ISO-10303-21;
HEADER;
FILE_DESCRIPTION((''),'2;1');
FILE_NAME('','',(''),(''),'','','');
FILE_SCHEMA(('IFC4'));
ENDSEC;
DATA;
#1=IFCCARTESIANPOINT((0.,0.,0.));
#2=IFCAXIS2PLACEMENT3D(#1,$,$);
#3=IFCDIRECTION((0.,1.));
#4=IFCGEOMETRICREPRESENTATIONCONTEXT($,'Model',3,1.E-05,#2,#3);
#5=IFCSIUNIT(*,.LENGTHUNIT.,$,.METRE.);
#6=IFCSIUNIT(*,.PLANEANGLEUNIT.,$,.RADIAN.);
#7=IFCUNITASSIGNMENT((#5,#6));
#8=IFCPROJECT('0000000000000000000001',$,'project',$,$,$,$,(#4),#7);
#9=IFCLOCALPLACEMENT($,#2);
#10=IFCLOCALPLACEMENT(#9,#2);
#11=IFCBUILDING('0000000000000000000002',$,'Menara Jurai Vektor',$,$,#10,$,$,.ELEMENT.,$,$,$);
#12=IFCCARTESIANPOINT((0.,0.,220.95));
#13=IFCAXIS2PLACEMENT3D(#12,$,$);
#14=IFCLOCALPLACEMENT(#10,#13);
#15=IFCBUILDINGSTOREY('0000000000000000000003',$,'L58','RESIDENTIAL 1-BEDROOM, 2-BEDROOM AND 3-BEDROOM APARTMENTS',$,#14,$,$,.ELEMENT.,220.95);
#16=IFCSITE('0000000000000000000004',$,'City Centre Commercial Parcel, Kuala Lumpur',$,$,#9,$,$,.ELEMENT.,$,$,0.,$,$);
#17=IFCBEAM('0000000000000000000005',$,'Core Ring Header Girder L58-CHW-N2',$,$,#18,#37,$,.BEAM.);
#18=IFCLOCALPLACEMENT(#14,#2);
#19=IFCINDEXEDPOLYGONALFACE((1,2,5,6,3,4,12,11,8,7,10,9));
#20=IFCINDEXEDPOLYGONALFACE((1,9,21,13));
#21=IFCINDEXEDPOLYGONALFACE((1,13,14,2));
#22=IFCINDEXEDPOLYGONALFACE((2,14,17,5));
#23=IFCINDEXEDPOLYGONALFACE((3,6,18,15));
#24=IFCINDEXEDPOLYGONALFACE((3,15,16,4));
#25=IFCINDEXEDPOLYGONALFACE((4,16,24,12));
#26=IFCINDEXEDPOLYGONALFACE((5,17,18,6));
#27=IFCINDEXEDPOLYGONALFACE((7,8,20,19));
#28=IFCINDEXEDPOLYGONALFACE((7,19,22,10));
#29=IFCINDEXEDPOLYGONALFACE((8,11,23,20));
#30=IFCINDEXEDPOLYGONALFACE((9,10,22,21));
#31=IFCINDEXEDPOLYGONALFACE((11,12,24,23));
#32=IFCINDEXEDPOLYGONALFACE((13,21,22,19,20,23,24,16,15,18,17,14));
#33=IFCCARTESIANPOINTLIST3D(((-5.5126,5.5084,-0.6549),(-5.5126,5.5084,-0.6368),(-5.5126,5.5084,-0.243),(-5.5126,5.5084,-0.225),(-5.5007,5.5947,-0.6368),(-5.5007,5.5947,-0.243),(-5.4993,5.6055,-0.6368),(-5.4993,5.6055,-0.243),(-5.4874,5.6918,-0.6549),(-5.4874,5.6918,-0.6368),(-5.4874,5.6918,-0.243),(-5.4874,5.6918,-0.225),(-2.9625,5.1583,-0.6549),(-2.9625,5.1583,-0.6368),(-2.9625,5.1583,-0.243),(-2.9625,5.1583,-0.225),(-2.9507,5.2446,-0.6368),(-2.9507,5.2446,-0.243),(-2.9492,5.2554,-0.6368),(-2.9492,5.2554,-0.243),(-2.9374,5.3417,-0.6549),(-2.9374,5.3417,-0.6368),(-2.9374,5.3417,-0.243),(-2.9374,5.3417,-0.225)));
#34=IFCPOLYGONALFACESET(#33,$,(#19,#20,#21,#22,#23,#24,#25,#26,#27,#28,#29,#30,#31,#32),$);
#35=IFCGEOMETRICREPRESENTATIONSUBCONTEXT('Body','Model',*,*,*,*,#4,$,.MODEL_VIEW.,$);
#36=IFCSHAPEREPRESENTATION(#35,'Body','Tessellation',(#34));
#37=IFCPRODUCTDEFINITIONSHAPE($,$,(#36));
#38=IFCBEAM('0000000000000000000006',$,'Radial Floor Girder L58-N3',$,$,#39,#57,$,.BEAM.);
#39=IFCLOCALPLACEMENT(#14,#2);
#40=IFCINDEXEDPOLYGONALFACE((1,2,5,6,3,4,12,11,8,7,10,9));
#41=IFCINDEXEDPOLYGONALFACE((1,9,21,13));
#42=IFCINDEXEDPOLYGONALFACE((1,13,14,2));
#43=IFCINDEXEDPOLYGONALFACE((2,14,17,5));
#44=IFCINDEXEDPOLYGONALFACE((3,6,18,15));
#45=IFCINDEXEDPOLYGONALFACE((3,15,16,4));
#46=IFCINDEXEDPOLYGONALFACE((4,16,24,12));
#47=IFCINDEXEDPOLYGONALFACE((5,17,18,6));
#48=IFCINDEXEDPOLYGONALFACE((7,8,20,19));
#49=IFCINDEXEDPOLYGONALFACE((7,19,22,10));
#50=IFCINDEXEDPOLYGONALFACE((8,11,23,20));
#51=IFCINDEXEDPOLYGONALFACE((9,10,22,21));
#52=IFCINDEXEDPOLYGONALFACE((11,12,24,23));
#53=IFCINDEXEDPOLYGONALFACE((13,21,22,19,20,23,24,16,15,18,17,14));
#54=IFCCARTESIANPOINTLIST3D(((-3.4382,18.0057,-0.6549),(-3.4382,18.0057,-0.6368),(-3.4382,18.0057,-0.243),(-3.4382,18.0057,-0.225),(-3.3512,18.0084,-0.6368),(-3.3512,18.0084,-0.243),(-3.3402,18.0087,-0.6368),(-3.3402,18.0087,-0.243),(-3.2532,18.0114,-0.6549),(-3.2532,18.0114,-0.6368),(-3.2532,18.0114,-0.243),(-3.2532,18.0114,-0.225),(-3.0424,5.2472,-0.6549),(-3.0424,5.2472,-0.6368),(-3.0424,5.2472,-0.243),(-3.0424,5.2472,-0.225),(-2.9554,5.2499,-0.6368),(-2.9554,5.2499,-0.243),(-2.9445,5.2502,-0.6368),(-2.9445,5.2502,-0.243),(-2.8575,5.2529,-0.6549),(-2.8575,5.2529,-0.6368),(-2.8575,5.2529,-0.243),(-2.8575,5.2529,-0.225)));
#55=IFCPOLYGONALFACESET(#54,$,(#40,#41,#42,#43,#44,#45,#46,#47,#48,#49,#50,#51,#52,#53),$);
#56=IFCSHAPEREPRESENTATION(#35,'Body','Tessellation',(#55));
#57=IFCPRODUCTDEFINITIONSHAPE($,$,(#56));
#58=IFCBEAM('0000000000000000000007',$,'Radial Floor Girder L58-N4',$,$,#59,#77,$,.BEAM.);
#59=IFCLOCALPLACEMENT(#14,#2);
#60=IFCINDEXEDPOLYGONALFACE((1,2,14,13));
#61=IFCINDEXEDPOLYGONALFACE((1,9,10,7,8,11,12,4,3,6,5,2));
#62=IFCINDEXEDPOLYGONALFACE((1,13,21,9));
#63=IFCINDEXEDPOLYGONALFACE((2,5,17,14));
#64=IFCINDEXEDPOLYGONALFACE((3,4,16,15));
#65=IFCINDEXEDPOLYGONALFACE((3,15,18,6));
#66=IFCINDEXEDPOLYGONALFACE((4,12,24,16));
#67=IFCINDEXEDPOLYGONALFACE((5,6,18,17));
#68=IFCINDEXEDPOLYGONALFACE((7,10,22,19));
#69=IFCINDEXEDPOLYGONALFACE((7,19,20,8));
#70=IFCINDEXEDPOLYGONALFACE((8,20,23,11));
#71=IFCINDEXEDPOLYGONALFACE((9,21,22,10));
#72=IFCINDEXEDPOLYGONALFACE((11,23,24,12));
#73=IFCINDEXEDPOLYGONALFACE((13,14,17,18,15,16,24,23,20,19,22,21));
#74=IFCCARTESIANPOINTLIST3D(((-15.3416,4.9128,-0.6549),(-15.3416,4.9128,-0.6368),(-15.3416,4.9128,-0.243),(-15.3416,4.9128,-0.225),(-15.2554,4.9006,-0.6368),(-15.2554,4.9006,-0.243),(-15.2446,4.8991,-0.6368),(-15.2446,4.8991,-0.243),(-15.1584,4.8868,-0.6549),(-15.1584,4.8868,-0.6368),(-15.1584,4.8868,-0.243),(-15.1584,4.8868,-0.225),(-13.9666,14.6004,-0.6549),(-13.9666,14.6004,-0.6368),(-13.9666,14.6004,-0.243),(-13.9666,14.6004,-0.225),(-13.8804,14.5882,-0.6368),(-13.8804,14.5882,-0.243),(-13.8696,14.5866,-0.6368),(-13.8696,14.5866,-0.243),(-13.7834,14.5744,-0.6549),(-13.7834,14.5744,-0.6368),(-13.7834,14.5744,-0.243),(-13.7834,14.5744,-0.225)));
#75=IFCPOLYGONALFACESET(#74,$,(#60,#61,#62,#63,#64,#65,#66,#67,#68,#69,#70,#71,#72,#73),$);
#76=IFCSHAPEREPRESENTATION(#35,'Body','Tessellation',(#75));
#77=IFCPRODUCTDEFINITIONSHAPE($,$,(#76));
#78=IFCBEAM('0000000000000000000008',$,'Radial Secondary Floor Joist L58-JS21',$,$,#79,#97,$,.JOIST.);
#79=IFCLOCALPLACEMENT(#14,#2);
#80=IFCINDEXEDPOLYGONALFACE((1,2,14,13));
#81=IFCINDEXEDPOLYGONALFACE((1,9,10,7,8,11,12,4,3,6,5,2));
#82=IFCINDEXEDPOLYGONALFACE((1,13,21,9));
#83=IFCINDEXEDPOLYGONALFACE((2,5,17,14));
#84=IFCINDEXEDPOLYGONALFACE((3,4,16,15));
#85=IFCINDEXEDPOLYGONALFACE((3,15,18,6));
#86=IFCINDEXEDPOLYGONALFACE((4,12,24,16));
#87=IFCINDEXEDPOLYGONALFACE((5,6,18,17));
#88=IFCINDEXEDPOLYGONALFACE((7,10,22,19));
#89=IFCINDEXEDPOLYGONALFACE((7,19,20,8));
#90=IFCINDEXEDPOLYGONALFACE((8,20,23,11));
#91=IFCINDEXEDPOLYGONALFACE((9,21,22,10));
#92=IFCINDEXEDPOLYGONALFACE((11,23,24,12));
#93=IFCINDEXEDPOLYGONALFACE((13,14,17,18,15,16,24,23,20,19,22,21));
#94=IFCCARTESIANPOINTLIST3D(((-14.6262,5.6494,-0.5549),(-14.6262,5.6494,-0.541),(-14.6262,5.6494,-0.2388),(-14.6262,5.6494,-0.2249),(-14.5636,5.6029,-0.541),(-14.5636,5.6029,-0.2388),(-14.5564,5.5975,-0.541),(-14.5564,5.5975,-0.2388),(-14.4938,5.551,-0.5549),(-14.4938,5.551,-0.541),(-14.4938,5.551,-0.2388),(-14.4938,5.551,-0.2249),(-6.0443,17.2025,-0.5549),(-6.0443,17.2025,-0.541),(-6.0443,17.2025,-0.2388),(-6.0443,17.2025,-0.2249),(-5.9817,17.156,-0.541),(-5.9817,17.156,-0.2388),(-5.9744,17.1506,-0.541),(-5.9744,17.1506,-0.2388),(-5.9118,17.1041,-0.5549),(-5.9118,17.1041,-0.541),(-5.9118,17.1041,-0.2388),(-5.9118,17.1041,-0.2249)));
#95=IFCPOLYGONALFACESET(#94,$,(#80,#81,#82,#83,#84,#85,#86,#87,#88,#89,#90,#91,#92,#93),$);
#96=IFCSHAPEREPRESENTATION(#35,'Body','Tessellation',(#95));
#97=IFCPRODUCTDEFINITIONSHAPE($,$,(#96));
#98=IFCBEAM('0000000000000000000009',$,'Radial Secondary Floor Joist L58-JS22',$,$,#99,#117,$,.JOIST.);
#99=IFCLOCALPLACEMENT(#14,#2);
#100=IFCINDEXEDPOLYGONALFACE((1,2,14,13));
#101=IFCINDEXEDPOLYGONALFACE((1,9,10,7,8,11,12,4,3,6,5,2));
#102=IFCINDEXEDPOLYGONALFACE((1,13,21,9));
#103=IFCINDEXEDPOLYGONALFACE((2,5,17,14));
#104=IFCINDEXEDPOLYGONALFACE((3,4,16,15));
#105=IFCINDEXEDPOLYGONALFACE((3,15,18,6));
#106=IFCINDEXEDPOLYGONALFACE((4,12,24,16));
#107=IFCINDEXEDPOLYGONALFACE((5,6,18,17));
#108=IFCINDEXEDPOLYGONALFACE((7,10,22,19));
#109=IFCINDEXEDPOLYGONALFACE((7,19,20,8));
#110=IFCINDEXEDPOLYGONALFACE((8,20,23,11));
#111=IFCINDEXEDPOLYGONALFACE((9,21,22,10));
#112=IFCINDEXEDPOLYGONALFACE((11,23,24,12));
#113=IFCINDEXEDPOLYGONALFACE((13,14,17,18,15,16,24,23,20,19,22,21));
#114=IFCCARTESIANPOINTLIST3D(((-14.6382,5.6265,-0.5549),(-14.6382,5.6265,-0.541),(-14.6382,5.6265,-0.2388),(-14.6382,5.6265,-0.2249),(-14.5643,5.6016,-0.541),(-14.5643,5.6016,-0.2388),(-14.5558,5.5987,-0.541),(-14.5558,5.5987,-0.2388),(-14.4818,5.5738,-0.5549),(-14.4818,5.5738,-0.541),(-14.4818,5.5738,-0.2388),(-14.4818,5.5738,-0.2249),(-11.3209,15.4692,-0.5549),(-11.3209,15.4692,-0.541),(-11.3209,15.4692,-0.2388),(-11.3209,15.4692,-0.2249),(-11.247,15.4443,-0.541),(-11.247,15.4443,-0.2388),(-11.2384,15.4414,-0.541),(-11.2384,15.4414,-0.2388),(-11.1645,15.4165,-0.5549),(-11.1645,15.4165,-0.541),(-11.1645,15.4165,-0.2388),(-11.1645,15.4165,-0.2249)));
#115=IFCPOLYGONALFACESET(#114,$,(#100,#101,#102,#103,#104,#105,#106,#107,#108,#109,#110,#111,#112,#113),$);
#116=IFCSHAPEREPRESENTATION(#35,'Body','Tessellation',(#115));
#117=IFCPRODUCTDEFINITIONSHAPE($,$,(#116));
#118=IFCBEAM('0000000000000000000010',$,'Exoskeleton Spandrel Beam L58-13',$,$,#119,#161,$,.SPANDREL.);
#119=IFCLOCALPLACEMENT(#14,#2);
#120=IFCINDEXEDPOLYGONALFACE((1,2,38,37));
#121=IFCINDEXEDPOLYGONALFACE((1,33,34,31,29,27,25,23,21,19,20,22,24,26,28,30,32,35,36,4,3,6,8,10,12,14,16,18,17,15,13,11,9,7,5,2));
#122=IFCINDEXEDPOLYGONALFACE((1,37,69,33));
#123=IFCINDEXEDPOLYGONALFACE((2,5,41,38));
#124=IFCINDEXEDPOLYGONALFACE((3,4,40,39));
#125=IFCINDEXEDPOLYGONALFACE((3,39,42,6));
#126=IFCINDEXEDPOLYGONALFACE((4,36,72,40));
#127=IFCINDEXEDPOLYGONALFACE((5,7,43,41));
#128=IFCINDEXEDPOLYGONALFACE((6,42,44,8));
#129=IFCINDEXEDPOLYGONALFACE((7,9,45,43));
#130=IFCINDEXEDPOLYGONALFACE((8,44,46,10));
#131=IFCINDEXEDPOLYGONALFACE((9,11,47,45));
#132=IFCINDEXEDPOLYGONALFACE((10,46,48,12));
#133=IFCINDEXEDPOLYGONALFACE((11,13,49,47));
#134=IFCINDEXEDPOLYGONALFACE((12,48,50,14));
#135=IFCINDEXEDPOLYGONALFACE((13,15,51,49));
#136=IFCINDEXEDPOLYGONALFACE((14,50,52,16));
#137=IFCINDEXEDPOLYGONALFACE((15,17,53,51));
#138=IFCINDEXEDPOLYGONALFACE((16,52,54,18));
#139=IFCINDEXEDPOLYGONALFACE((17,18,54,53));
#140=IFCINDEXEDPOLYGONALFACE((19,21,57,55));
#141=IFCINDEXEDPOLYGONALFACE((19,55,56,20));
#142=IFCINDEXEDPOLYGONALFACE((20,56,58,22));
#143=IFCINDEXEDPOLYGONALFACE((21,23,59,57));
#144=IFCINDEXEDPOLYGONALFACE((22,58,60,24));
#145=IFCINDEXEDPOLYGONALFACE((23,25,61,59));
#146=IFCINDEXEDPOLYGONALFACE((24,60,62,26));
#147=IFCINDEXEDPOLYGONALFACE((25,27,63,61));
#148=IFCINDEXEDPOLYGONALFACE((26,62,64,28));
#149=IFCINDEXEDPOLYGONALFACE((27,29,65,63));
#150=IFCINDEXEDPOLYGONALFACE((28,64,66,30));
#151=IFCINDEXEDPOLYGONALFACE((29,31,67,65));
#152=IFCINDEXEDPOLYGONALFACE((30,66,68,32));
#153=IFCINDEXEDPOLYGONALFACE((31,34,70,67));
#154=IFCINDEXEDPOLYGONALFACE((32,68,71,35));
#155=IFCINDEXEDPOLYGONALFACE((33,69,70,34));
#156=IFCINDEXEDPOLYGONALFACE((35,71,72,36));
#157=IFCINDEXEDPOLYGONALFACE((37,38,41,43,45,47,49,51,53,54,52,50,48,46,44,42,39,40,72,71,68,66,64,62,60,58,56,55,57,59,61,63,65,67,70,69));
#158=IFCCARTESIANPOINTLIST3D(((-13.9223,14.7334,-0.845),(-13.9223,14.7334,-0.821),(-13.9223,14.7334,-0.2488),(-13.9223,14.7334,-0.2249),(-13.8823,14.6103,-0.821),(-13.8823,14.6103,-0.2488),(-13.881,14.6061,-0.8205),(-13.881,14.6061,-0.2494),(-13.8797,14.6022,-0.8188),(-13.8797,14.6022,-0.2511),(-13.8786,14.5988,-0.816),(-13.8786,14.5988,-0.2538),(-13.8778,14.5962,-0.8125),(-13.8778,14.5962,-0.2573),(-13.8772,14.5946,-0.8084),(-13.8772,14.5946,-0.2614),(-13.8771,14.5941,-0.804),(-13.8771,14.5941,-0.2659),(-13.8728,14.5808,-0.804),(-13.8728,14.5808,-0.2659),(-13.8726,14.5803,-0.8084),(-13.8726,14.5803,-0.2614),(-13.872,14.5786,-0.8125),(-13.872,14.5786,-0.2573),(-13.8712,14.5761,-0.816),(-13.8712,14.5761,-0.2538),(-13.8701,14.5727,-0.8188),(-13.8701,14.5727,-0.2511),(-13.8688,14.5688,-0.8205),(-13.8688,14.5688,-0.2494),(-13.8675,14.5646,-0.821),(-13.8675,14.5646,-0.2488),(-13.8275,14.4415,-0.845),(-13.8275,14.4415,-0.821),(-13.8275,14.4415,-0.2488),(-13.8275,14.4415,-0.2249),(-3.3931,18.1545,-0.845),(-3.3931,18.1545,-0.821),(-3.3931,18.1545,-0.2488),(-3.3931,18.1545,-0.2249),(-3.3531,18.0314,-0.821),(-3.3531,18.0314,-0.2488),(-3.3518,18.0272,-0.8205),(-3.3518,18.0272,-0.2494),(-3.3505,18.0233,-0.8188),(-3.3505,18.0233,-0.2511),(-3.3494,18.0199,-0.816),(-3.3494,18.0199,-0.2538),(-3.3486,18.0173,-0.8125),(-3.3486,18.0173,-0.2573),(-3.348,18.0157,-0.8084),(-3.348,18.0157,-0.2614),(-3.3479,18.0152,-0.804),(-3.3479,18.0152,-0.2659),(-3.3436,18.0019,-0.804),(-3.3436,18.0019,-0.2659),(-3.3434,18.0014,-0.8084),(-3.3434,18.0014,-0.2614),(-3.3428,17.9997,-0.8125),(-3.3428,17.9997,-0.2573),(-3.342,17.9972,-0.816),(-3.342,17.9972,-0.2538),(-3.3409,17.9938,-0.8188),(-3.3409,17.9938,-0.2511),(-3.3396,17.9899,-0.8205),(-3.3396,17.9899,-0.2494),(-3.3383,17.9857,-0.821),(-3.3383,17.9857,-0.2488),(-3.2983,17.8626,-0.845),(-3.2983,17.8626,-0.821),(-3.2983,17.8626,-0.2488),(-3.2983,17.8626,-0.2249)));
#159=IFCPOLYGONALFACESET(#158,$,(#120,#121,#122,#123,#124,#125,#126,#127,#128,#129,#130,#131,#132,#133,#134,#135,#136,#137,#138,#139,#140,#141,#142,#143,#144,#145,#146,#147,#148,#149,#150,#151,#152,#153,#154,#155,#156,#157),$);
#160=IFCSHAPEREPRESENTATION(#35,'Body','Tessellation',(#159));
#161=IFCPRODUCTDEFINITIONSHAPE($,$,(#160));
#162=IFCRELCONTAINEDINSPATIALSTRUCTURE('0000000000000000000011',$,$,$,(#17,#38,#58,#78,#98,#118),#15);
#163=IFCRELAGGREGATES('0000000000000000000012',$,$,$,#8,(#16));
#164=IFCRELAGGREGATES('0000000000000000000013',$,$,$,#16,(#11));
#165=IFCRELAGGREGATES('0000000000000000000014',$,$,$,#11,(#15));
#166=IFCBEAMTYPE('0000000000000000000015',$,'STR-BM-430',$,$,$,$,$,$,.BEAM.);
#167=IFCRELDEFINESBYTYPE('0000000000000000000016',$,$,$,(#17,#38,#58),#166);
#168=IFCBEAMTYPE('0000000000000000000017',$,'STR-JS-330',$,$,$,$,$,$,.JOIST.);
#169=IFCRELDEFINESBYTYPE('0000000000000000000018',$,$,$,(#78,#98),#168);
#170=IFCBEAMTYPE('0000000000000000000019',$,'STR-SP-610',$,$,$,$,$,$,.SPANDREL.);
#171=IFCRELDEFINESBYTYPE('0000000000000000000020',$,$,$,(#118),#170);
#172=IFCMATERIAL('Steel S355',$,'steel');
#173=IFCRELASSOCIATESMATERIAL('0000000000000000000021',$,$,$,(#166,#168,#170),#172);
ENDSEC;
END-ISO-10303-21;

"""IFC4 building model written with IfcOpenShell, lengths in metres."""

from ifc_helpers import new_model, si_unit, direction, frame, origin, origin_2d, place, context, subcontext, project, spatial, i_section, extrude, material, material_profile, profile_set, type_object, element, save


model = new_model("IFC4")

# Units and contexts
model_context = context("Model", 3, precision=1e-05, world=origin(), true_north=direction((0.0, 1.0)))
body_context = subcontext(model_context, "Body", "Model", "MODEL_VIEW")
ifc_project = project(units=[si_unit("LENGTHUNIT", "METRE"), si_unit("PLANEANGLEUNIT", "RADIAN")], contexts=[model_context])

# Site, building, storey
site_placement = place(None, origin())
site = spatial("IfcSite", under=ifc_project, at=site_placement, Name="City Centre Commercial Parcel, Kuala Lumpur", CompositionType="ELEMENT", RefElevation=0.0)
building_placement = place(site_placement, origin())
building = spatial("IfcBuilding", under=site, at=building_placement, Name="Menara Jurai Vektor", CompositionType="ELEMENT")
storey_placement = place(building_placement, frame((0.0, 0.0, 220.95)))
storey = spatial("IfcBuildingStorey", under=building, at=storey_placement, Name="L58", Description="RESIDENTIAL 1-BEDROOM, 2-BEDROOM AND 3-BEDROOM APARTMENTS", CompositionType="ELEMENT", Elevation=220.95)

# Beams
ifc_material_1 = material(Name="Steel S355", Category="steel")
ifc_material_profile_1 = material_profile(ifc_material_1, i_section(OverallWidth=0.1851, OverallDepth=0.4299, WebThickness=0.011, FlangeThickness=0.0181, at=origin_2d()), Name="PG 430x185x76")
ifc_profile_set_1 = profile_set([ifc_material_profile_1], Name="Steel S355")
beam_type_1 = type_object("IfcBeamType", Name="STR-BM-430", PredefinedType="BEAM", material=ifc_profile_set_1)
beam_1_placement = place(storey_placement, frame((-5.5, 5.6001, -0.4399), z_axis=(0.990707, -0.136015, 0.0), x_axis=(0.136015, 0.990707, 0.0)))
element("IfcBeam", 1, at=beam_1_placement, inside=storey, type_object=beam_type_1, Name="Core Ring Header Girder L58-CHW-N2", PredefinedType="BEAM", context=body_context, shape_type="SweptSolid", body=[
    extrude(i_section(OverallWidth=0.1851, OverallDepth=0.4299, WebThickness=0.011, FlangeThickness=0.0181, at=origin_2d()), origin(), (0.0, 0.0, 1.0), 2.574),
])
beam_2_placement = place(storey_placement, frame((-3.3457, 18.0085, -0.4399), z_axis=(0.031004, -0.999519, 0.0), x_axis=(0.999519, 0.031004, 0.0)))
element("IfcBeam", 2, at=beam_2_placement, inside=storey, type_object=beam_type_1, Name="Radial Floor Girder L58-N3", PredefinedType="BEAM", context=body_context, shape_type="SweptSolid", body=[
    extrude(i_section(OverallWidth=0.1851, OverallDepth=0.4299, WebThickness=0.011, FlangeThickness=0.0181, at=origin_2d()), origin(), (0.0, 0.0, 1.0), 12.7646),
])
beam_3_placement = place(storey_placement, frame((-13.875, 14.5874, -0.4399), z_axis=(-0.140527, -0.990077, 0.0), x_axis=(0.990077, -0.140527, 0.0)))
element("IfcBeam", 3, at=beam_3_placement, inside=storey, type_object=beam_type_1, Name="Radial Floor Girder L58-N4", PredefinedType="BEAM", context=body_context, shape_type="SweptSolid", body=[
    extrude(i_section(OverallWidth=0.1851, OverallDepth=0.4299, WebThickness=0.011, FlangeThickness=0.0181, at=origin_2d()), origin(), (0.0, 0.0, 1.0), 9.7847),
])
ifc_material_profile_2 = material_profile(ifc_material_1, i_section(OverallWidth=0.165, OverallDepth=0.3301, WebThickness=0.009, FlangeThickness=0.0139, at=origin_2d()), Name="PG 330x165x46")
ifc_profile_set_2 = profile_set([ifc_material_profile_2], Name="Steel S355")
beam_type_2 = type_object("IfcBeamType", Name="STR-JS-330", PredefinedType="JOIST", material=ifc_profile_set_2)
beam_4_placement = place(storey_placement, frame((-5.978, 17.1533, -0.3899), z_axis=(-0.596308, -0.802756, 0.0), x_axis=(0.802756, -0.596308, 0.0)))
element("IfcBeam", 4, at=beam_4_placement, inside=storey, type_object=beam_type_2, Name="Radial Secondary Floor Joist L58-JS21", PredefinedType="JOIST", context=body_context, shape_type="SweptSolid", body=[
    extrude(i_section(OverallWidth=0.165, OverallDepth=0.3301, WebThickness=0.009, FlangeThickness=0.0139, at=origin_2d()), origin(), (0.0, 0.0, 1.0), 14.3918),
])
beam_5_placement = place(storey_placement, frame((-11.2427, 15.4429, -0.3899), z_axis=(-0.319385, -0.947625, 0.0), x_axis=(0.947625, -0.319385, 0.0)))
element("IfcBeam", 5, at=beam_5_placement, inside=storey, type_object=beam_type_2, Name="Radial Secondary Floor Joist L58-JS22", PredefinedType="JOIST", context=body_context, shape_type="SweptSolid", body=[
    extrude(i_section(OverallWidth=0.165, OverallDepth=0.3301, WebThickness=0.009, FlangeThickness=0.0139, at=origin_2d()), origin(), (0.0, 0.0, 1.0), 10.3867),
])
ifc_material_profile_3 = material_profile(ifc_material_1, i_section(OverallWidth=0.3069, OverallDepth=0.6201, WebThickness=0.0139, FlangeThickness=0.0239, FilletRadius=0.0171, at=origin_2d()), Name="UKB 610x305x179")
ifc_profile_set_3 = profile_set([ifc_material_profile_3], Name="Steel S355")
beam_type_3 = type_object("IfcBeamType", Name="STR-SP-610", PredefinedType="SPANDREL", material=ifc_profile_set_3)
for number, where, z_axis, x_axis, name in (
    (6, (-3.3457, 18.0085, -0.5349), (-0.951057, -0.309014, 0.0), (0.309014, -0.951057, 0.0), "Exoskeleton Spandrel Beam L58-13"),
):
    element("IfcBeam", number, at=place(storey_placement, frame(where, z_axis=z_axis, x_axis=x_axis)), inside=storey, type_object=beam_type_3, Name=name, PredefinedType="SPANDREL", context=body_context, shape_type="SweptSolid", body=[
        extrude(i_section(OverallWidth=0.3069, OverallDepth=0.6201, WebThickness=0.0139, FlangeThickness=0.0239, FilletRadius=0.0171, at=origin_2d()), origin(), (0.0, 0.0, 1.0), 11.071),
    ])

save(model, "model.ifc")
